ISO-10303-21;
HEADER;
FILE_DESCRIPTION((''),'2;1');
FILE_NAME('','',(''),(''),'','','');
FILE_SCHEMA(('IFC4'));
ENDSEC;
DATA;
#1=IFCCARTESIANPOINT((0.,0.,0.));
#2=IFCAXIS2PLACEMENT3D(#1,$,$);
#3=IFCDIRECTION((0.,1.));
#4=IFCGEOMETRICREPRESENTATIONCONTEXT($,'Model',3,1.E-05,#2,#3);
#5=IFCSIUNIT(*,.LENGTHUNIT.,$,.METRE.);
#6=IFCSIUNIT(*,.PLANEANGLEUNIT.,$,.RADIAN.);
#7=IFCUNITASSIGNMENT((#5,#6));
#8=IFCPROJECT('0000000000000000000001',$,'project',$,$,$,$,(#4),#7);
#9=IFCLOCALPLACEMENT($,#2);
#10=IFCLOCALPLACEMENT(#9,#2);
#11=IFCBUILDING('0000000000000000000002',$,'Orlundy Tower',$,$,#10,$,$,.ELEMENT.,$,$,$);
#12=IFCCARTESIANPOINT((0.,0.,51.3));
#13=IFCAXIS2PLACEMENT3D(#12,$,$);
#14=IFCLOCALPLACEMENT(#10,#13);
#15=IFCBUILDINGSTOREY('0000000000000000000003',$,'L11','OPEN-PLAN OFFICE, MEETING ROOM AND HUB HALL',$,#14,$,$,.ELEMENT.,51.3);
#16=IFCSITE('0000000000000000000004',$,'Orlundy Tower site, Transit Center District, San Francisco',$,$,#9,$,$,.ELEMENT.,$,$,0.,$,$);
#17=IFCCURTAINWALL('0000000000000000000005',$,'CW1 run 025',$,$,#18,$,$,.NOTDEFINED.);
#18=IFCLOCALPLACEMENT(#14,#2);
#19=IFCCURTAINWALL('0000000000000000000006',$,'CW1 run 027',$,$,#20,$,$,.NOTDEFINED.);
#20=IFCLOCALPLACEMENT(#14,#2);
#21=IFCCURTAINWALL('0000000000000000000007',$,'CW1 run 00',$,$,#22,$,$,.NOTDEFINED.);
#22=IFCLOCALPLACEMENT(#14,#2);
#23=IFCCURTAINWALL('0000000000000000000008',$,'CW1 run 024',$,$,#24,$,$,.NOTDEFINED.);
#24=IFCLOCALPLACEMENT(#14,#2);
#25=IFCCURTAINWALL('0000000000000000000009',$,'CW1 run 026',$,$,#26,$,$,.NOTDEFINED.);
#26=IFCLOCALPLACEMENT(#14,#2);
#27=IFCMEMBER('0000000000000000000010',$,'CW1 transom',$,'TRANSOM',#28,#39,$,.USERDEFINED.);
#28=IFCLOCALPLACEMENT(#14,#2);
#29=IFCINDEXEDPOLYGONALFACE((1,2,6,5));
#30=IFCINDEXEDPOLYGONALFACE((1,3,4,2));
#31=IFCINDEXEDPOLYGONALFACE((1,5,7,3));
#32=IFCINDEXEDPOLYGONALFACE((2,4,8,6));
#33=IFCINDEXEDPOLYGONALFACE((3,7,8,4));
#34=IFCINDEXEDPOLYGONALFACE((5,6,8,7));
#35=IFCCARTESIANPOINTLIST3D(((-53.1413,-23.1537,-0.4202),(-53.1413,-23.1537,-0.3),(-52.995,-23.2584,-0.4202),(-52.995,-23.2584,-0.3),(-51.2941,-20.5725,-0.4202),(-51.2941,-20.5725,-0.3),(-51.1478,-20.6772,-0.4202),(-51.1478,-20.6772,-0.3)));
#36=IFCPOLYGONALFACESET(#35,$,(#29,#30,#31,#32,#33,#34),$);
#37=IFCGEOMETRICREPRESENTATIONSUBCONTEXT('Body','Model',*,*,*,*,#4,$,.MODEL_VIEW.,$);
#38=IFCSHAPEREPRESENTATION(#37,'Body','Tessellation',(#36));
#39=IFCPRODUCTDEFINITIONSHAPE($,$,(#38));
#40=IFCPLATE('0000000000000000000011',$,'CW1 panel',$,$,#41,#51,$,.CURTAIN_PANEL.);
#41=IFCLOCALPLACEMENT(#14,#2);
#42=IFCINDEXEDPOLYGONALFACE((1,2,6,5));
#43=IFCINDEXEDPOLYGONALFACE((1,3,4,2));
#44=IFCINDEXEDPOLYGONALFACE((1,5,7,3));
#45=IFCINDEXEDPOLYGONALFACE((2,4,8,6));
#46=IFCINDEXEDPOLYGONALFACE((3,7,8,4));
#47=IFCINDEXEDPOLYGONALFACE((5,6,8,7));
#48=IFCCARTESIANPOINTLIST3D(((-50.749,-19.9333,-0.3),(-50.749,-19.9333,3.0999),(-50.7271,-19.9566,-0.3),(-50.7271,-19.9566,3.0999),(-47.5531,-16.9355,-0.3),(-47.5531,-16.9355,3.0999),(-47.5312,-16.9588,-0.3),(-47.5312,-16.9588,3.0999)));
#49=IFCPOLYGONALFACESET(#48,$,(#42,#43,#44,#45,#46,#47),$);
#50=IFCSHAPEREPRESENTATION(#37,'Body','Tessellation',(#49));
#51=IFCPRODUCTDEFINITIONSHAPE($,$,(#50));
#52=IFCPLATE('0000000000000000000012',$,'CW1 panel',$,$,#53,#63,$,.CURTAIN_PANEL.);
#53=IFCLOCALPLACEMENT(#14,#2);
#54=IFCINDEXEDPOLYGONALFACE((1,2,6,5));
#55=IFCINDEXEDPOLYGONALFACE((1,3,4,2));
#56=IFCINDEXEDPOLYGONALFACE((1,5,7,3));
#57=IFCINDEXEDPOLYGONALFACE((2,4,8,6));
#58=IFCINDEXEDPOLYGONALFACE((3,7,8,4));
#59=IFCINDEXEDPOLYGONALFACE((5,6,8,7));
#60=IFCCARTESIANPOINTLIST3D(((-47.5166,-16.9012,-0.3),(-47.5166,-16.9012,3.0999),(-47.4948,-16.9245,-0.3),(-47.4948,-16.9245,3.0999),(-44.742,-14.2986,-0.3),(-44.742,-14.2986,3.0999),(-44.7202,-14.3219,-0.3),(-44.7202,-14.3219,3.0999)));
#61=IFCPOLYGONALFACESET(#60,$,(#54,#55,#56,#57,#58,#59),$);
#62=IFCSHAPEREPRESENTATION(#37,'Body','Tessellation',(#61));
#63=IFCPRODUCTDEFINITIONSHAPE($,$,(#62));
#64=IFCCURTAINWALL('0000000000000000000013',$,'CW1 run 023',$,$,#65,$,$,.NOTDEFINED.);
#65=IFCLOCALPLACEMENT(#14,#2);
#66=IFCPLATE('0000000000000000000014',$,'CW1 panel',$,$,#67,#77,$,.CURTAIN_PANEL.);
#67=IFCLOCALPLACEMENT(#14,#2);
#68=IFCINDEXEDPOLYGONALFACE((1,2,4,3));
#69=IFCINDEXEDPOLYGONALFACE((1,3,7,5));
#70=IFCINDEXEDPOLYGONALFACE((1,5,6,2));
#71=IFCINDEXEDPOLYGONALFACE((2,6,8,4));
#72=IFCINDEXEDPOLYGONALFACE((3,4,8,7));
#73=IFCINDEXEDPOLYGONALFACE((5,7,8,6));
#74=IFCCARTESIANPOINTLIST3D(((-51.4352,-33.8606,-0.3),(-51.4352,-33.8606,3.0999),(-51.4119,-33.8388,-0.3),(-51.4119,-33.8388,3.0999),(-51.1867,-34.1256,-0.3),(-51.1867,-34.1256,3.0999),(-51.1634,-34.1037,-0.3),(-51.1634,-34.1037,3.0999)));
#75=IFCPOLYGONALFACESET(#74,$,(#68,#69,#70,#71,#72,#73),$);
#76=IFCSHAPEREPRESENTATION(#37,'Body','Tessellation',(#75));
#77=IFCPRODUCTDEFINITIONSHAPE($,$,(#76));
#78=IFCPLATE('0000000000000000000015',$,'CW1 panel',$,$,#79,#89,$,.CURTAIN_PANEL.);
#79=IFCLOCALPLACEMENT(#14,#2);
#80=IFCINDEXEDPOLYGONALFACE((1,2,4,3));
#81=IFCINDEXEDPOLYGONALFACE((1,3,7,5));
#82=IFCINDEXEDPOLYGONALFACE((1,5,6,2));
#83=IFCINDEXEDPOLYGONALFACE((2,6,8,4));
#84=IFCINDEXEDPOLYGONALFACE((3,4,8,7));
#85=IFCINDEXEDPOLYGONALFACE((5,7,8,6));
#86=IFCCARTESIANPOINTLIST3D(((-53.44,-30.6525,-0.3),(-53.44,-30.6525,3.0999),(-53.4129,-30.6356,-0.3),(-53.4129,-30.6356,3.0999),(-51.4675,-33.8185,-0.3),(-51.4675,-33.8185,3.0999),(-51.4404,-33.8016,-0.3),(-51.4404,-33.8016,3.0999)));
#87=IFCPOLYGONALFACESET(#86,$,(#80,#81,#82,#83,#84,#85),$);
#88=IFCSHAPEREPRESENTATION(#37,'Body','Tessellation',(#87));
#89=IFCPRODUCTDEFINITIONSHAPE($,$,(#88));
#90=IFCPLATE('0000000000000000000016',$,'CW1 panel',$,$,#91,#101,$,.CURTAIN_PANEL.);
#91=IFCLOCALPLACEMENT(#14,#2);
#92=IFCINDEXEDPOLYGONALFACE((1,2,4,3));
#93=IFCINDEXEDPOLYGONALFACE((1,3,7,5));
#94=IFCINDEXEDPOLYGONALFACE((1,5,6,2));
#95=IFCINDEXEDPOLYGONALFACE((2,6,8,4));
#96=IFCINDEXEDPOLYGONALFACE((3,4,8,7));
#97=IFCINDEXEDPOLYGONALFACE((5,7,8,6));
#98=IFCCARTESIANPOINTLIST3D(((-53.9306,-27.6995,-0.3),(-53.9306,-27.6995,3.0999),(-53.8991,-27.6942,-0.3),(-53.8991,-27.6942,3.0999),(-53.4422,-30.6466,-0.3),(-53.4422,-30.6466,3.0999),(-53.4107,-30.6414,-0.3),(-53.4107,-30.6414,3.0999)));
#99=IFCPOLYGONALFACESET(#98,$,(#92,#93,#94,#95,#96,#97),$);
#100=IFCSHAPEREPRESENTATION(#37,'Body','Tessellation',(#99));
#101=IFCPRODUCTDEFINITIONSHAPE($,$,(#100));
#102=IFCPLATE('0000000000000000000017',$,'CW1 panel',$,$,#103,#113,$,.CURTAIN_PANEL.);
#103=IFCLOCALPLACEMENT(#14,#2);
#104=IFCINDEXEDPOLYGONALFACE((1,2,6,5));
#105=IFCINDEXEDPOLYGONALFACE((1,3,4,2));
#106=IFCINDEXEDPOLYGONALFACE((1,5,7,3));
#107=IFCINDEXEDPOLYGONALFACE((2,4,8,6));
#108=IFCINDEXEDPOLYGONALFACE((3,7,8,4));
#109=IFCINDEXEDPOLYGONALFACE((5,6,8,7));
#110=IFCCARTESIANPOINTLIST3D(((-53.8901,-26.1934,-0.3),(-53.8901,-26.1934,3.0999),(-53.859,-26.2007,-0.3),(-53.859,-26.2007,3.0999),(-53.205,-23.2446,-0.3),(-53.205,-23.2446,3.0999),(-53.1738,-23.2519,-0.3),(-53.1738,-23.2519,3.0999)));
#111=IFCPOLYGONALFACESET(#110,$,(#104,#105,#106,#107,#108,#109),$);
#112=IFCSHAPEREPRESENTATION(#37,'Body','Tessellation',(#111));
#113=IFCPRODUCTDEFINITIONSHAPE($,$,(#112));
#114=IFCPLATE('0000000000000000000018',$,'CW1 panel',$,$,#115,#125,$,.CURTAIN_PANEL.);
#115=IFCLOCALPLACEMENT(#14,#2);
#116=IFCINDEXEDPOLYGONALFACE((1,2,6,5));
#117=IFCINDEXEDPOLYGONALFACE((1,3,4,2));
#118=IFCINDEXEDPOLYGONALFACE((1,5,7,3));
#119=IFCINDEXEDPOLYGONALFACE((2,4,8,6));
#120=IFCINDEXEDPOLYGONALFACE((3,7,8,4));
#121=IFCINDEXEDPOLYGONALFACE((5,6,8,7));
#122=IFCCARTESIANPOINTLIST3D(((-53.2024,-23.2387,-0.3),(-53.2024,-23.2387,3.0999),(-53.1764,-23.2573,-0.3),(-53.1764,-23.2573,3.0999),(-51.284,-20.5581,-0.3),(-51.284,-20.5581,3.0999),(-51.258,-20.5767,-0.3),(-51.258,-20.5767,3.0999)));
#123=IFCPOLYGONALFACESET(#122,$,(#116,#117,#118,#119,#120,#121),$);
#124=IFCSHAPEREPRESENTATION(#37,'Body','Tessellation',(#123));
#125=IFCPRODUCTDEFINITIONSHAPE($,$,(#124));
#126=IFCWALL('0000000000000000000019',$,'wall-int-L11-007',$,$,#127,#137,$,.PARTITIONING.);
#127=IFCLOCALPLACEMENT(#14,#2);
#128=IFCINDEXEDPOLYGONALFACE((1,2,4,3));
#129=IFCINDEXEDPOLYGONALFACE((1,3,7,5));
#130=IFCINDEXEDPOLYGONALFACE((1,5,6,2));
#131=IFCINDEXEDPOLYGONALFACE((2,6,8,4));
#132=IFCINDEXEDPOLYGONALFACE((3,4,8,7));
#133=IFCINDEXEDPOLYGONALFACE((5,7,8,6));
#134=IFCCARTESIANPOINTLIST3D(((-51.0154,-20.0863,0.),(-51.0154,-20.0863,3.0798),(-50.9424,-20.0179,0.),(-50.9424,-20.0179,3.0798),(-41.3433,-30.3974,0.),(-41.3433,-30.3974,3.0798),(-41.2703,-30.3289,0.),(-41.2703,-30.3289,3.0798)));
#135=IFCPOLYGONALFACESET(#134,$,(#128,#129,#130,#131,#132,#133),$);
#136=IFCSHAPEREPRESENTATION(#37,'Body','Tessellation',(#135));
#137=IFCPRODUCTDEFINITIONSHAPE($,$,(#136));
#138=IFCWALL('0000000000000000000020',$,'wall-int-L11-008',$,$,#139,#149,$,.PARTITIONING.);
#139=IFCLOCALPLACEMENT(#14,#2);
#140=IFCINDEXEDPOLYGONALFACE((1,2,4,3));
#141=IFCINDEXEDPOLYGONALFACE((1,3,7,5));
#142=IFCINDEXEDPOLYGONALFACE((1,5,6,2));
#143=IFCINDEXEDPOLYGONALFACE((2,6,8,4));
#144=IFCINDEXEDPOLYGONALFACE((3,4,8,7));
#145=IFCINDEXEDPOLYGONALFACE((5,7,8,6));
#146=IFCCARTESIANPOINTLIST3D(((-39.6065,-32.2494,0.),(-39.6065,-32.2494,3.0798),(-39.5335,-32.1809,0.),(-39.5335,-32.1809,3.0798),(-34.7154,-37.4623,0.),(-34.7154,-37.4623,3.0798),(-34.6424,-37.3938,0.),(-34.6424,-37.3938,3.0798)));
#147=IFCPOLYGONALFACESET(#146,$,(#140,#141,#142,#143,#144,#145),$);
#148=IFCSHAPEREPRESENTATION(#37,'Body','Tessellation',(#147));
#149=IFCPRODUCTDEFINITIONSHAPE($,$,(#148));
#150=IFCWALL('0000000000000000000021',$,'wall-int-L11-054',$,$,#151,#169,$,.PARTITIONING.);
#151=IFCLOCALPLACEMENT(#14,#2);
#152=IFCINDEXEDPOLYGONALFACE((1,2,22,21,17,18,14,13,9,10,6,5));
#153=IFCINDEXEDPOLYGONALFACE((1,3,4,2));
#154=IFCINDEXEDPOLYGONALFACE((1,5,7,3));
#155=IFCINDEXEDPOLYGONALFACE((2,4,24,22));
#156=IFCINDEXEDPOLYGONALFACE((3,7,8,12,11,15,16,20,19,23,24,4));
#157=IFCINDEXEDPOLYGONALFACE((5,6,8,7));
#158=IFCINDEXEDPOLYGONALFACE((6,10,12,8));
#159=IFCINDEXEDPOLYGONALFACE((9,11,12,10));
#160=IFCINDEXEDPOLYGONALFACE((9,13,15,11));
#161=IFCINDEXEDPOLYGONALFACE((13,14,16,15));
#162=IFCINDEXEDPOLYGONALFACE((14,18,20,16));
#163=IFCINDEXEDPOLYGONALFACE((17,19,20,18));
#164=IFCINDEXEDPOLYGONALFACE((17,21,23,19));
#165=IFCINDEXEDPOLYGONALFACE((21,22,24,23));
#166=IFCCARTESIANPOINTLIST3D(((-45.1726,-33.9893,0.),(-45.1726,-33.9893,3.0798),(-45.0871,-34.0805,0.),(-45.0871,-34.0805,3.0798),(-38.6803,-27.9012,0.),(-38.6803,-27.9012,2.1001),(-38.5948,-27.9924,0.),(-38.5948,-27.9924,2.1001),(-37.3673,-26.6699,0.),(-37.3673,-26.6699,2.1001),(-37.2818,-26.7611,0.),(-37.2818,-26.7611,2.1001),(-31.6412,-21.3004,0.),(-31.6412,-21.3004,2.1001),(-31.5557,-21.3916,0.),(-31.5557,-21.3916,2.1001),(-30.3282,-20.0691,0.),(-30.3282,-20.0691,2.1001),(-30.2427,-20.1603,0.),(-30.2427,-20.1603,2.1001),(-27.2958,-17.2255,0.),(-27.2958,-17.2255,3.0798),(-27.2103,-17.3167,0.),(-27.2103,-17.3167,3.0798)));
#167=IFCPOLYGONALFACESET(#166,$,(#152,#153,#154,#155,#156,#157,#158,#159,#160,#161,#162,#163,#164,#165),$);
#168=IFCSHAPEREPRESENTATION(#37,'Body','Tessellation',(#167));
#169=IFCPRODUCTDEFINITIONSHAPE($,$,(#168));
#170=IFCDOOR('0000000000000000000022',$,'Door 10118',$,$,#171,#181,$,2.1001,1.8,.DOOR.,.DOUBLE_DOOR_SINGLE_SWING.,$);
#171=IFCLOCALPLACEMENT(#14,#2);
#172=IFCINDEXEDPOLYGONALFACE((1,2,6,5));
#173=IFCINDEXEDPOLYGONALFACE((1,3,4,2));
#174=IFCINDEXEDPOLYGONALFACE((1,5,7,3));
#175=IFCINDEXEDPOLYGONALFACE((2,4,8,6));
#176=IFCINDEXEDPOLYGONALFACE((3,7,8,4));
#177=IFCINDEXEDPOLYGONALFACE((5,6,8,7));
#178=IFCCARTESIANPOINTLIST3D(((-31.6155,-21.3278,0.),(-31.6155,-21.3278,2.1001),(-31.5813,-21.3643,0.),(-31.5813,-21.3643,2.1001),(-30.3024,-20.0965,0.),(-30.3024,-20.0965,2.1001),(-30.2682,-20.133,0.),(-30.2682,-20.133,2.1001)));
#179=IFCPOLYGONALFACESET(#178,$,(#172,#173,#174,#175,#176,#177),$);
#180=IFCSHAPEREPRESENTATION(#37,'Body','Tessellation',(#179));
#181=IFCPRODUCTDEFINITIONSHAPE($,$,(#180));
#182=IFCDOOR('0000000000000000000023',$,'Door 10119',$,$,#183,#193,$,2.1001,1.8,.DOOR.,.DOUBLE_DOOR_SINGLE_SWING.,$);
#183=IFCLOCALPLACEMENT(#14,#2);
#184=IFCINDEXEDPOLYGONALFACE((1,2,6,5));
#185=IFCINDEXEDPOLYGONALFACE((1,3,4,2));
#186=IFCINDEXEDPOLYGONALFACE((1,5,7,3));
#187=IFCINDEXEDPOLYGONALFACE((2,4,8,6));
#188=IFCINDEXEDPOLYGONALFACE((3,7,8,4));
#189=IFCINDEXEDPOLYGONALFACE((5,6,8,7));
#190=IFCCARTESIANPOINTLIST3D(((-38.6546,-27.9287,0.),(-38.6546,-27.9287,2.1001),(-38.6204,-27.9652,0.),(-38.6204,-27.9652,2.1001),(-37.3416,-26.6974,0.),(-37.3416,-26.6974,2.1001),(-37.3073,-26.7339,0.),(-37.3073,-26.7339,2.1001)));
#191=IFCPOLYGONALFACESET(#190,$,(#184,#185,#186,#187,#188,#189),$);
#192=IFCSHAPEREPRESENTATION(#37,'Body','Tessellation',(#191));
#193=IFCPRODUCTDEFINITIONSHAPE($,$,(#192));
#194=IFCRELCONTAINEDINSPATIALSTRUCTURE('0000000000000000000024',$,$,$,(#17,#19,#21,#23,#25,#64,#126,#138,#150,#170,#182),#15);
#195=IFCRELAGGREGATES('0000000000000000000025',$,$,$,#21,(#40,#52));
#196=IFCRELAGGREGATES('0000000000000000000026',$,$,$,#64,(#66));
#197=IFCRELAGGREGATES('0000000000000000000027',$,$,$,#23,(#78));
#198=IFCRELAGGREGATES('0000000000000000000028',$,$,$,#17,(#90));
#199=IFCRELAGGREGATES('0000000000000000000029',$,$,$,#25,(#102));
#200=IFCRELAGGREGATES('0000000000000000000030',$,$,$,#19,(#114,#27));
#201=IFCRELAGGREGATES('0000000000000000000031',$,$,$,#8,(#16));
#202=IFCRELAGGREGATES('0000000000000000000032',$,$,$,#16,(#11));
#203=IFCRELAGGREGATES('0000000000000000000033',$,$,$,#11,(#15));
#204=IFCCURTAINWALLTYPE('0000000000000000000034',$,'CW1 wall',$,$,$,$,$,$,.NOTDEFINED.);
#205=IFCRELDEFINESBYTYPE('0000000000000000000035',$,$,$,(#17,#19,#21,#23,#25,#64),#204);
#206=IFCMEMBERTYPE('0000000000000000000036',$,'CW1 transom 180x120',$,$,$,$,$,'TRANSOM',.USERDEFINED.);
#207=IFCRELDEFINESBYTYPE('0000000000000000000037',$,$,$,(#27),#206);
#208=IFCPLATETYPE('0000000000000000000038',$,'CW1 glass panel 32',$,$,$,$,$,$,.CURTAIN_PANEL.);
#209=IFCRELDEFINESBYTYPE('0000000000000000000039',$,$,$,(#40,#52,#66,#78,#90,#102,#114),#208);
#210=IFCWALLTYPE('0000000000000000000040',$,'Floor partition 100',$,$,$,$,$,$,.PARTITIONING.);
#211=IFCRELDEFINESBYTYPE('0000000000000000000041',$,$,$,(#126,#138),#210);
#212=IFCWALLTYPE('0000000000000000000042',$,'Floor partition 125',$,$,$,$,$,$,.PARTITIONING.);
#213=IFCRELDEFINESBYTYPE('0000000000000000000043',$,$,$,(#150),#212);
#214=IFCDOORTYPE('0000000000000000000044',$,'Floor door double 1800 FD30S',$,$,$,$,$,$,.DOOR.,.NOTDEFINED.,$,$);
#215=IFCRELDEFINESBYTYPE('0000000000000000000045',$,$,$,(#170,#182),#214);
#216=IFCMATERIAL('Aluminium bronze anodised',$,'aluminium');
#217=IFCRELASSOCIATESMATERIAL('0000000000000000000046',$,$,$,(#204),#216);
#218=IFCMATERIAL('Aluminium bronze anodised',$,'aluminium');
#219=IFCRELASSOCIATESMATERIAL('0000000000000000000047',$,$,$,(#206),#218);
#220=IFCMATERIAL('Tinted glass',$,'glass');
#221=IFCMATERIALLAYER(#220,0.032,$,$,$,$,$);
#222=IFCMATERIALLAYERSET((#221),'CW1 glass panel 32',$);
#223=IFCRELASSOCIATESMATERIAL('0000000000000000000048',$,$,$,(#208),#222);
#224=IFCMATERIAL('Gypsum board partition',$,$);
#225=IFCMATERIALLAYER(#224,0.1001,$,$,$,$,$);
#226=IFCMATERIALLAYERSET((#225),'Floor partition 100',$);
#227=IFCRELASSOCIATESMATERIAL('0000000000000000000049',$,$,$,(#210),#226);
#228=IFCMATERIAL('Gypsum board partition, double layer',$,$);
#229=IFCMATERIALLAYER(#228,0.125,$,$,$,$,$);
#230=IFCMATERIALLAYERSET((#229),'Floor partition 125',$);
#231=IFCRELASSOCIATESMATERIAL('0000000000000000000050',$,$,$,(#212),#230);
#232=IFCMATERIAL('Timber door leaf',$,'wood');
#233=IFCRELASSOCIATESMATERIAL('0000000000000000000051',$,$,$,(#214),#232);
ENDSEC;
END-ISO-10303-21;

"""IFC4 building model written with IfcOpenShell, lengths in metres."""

from ifc_helpers import new_model, si_unit, direction, frame, frame_2d, origin, origin_2d, place, context, subcontext, project, spatial, rectangle, extrude, material, layer, layer_set, material_profile, profile_set, type_object, element, fill, aggregate, save


model = new_model("IFC4")

# Units and contexts
model_context = context("Model", 3, precision=1e-05, world=origin(), true_north=direction((0.0, 1.0)))
body_context = subcontext(model_context, "Body", "Model", "MODEL_VIEW")
ifc_project = project(units=[si_unit("LENGTHUNIT", "METRE"), si_unit("PLANEANGLEUNIT", "RADIAN")], contexts=[model_context])

# Site, building, storey
site_placement = place(None, origin())
site = spatial("IfcSite", under=ifc_project, at=site_placement, Name="Orlundy Tower site, Transit Center District, San Francisco", CompositionType="ELEMENT", RefElevation=0.0)
building_placement = place(site_placement, origin())
building = spatial("IfcBuilding", under=site, at=building_placement, Name="Orlundy Tower", CompositionType="ELEMENT")
storey_placement = place(building_placement, frame((0.0, 0.0, 51.3)))
storey = spatial("IfcBuildingStorey", under=building, at=storey_placement, Name="L11", Description="OPEN-PLAN OFFICE, MEETING ROOM AND HUB HALL", CompositionType="ELEMENT", Elevation=51.3)

# Curtain walls
ifc_material_1 = material(Name="Aluminium bronze anodised", Category="aluminium")
curtain_wall_type = type_object("IfcCurtainWallType", Name="CW1 wall", PredefinedType="NOTDEFINED", material=ifc_material_1)
curtain_wall_1_placement = place(storey_placement, origin())
curtain_wall_1 = element("IfcCurtainWall", 1, at=curtain_wall_1_placement, inside=storey, type_object=curtain_wall_type, Name="CW1 run 025", PredefinedType="NOTDEFINED")
curtain_wall_2_placement = place(storey_placement, origin())
curtain_wall_2 = element("IfcCurtainWall", 2, at=curtain_wall_2_placement, inside=storey, type_object=curtain_wall_type, Name="CW1 run 027", PredefinedType="NOTDEFINED")
curtain_wall_3_placement = place(storey_placement, origin())
curtain_wall_3 = element("IfcCurtainWall", 3, at=curtain_wall_3_placement, inside=storey, type_object=curtain_wall_type, Name="CW1 run 00", PredefinedType="NOTDEFINED")
curtain_wall_4_placement = place(storey_placement, origin())
curtain_wall_4 = element("IfcCurtainWall", 4, at=curtain_wall_4_placement, inside=storey, type_object=curtain_wall_type, Name="CW1 run 024", PredefinedType="NOTDEFINED")

# Shared definitions
ifc_material_2 = material(Name="Aluminium bronze anodised", Category="aluminium")
ifc_material_profile_1 = material_profile(ifc_material_2, rectangle(XDim=0.1799, YDim=0.1201, at=origin_2d()), Name="CW1 transom 180x120")
ifc_profile_set_1 = profile_set([ifc_material_profile_1], Name="Aluminium bronze anodised")
member_type_1 = type_object("IfcMemberType", Name="CW1 transom 180x120", ElementType="TRANSOM", PredefinedType="USERDEFINED", material=ifc_profile_set_1)

# Curtain wall
curtain_wall_5_placement = place(storey_placement, origin())
curtain_wall_5 = element("IfcCurtainWall", 5, at=curtain_wall_5_placement, inside=storey, type_object=curtain_wall_type, Name="CW1 run 026", PredefinedType="NOTDEFINED")

# Member
member_1_placement = place(storey_placement, frame((-53.0681, -23.2061, -0.3601), z_axis=(0.581944, 0.813229, 0.0), x_axis=(-0.813229, 0.581944, 0.0)))
member_1 = element("IfcMember", 6, at=member_1_placement, type_object=member_type_1, Name="CW1 transom", ObjectType="TRANSOM", PredefinedType="USERDEFINED", context=body_context, shape_type="SweptSolid", body=[
    extrude(rectangle(XDim=0.1799, YDim=0.1201, at=origin_2d()), origin(), (0.0, 0.0, 1.0), 3.1741),
])

# Plates
ifc_material_3 = material(Name="Tinted glass", Category="glass")
ifc_layer_1 = layer(ifc_material_3, 0.032)
ifc_layer_set_1 = layer_set([ifc_layer_1], Name="CW1 glass panel 32")
plate_type = type_object("IfcPlateType", Name="CW1 glass panel 32", PredefinedType="CURTAIN_PANEL", material=ifc_layer_set_1)
plate_1_placement = place(storey_placement, frame((-49.1401, -18.446, -0.3), z_axis=(0.0, 0.0, 1.0), x_axis=(0.729351, 0.684139, 0.0)))
plate_1 = element("IfcPlate", 7, at=plate_1_placement, type_object=plate_type, Name="CW1 panel", PredefinedType="CURTAIN_PANEL", context=body_context, shape_type="SweptSolid", body=[
    extrude(rectangle(XDim=4.3818, YDim=0.032, at=origin_2d()), origin(), (0.0, 0.0, 1.0), 3.3999),
])
plate_2_placement = place(storey_placement, frame((-46.1184, -15.6116, -0.3), z_axis=(0.0, 0.0, 1.0), x_axis=(0.729351, 0.684139, 0.0)))
plate_2 = element("IfcPlate", 8, at=plate_2_placement, type_object=plate_type, Name="CW1 panel", PredefinedType="CURTAIN_PANEL", context=body_context, shape_type="SweptSolid", body=[
    extrude(rectangle(XDim=3.8042, YDim=0.032, at=origin_2d()), origin(), (0.0, 0.0, 1.0), 3.3999),
])
aggregate(curtain_wall_3, [plate_1, plate_2])

# Curtain wall, plate
curtain_wall_6_placement = place(storey_placement, origin())
curtain_wall_6 = element("IfcCurtainWall", 9, at=curtain_wall_6_placement, inside=storey, type_object=curtain_wall_type, Name="CW1 run 023", PredefinedType="NOTDEFINED")
plate_3_placement = place(storey_placement, frame((-51.2993, -33.9822, -0.3), z_axis=(0.0, 0.0, 1.0), x_axis=(-0.684126, 0.729363, 0.0)))
plate_3 = element("IfcPlate", 10, at=plate_3_placement, type_object=plate_type, Name="CW1 panel", PredefinedType="CURTAIN_PANEL", context=body_context, shape_type="SweptSolid", body=[
    extrude(rectangle(XDim=0.3633, YDim=0.032, at=origin_2d()), origin(), (0.0, 0.0, 1.0), 3.3999),
])
aggregate(curtain_wall_6, [plate_3])

# Plates
plate_4_placement = place(storey_placement, frame((-52.4402, -32.2271, -0.3), z_axis=(0.0, 0.0, 1.0), x_axis=(-0.528786, 0.848755, 0.0)))
plate_4 = element("IfcPlate", 11, at=plate_4_placement, type_object=plate_type, Name="CW1 panel", PredefinedType="CURTAIN_PANEL", context=body_context, shape_type="SweptSolid", body=[
    extrude(rectangle(XDim=3.7302, YDim=0.032, at=origin_2d()), origin(), (0.0, 0.0, 1.0), 3.3999),
])
aggregate(curtain_wall_4, [plate_4])
plate_5_placement = place(storey_placement, frame((-53.6707, -29.1704, -0.3), z_axis=(0.0, 0.0, 1.0), x_axis=(-0.16348, 0.986547, 0.0)))
plate_5 = element("IfcPlate", 12, at=plate_5_placement, type_object=plate_type, Name="CW1 panel", PredefinedType="CURTAIN_PANEL", context=body_context, shape_type="SweptSolid", body=[
    extrude(rectangle(XDim=2.9873, YDim=0.032, at=origin_2d()), origin(), (0.0, 0.0, 1.0), 3.3999),
])
aggregate(curtain_wall_1, [plate_5])
plate_6_placement = place(storey_placement, frame((-53.532, -24.7227, -0.3), z_axis=(0.0, 0.0, 1.0), x_axis=(0.226317, 0.974054, 0.0)))
plate_6 = element("IfcPlate", 13, at=plate_6_placement, type_object=plate_type, Name="CW1 panel", PredefinedType="CURTAIN_PANEL", context=body_context, shape_type="SweptSolid", body=[
    extrude(rectangle(XDim=3.0273, YDim=0.032, at=origin_2d()), origin(), (0.0, 0.0, 1.0), 3.3999),
])
aggregate(curtain_wall_5, [plate_6])
plate_7_placement = place(storey_placement, frame((-52.2302, -21.9077, -0.3), z_axis=(0.0, 0.0, 1.0), x_axis=(0.581978, 0.813204, 0.0)))
plate_7 = element("IfcPlate", 14, at=plate_7_placement, type_object=plate_type, Name="CW1 panel", PredefinedType="CURTAIN_PANEL", context=body_context, shape_type="SweptSolid", body=[
    extrude(rectangle(XDim=3.2964, YDim=0.032, at=origin_2d()), origin(), (0.0, 0.0, 1.0), 3.3999),
])
aggregate(curtain_wall_2, [plate_7, member_1])

# Walls
ifc_material_4 = material(Name="Gypsum board partition")
ifc_layer_2 = layer(ifc_material_4, 0.1001)
ifc_layer_set_2 = layer_set([ifc_layer_2], Name="Floor partition 100")
wall_type_1 = type_object("IfcWallType", Name="Floor partition 100", PredefinedType="PARTITIONING", material=ifc_layer_set_2)
wall_1_placement = place(storey_placement, frame((-50.979, -20.052, 0.0), z_axis=(0.0, 0.0, 1.0), x_axis=(0.684149, -0.729342, 0.0)))
element("IfcWall", 15, at=wall_1_placement, inside=storey, type_object=wall_type_1, Name="wall-int-L11-007", PredefinedType="PARTITIONING", context=body_context, shape_type="SweptSolid", body=[
    extrude(rectangle(XDim=14.1375, YDim=0.1001, at=frame_2d((7.0688, 0.0))), origin(), (0.0, 0.0, 1.0), 3.0798),
])
wall_2_placement = place(storey_placement, frame((-39.5701, -32.2151, 0.0), z_axis=(0.0, 0.0, 1.0), x_axis=(0.684241, -0.729256, 0.0)))
element("IfcWall", 16, at=wall_2_placement, inside=storey, type_object=wall_type_1, Name="wall-int-L11-008", PredefinedType="PARTITIONING", context=body_context, shape_type="SweptSolid", body=[
    extrude(rectangle(XDim=7.1482, YDim=0.1001, at=frame_2d((3.5742, 0.0))), origin(), (0.0, 0.0, 1.0), 3.0798),
])

# Wall, openings, doors
ifc_material_5 = material(Name="Gypsum board partition, double layer")
ifc_layer_3 = layer(ifc_material_5, 0.125)
ifc_layer_set_3 = layer_set([ifc_layer_3], Name="Floor partition 125")
wall_type_2 = type_object("IfcWallType", Name="Floor partition 125", PredefinedType="PARTITIONING", material=ifc_layer_set_3)
wall_3_placement = place(storey_placement, frame((-45.1299, -34.0349, 0.0), z_axis=(0.0, 0.0, 1.0), x_axis=(0.72945, 0.684034, 0.0)))
wall_3 = element("IfcWall", 17, at=wall_3_placement, inside=storey, type_object=wall_type_2, Name="wall-int-L11-054", PredefinedType="PARTITIONING", context=body_context, shape_type="SweptSolid", body=[
    extrude(rectangle(XDim=24.5073, YDim=0.125, at=frame_2d((12.2537, 0.0))), origin(), (0.0, 0.0, 1.0), 3.0798),
])
opening_1_placement = place(wall_3_placement, frame((18.5503, 0.0, 0.0)))
opening_1 = element("IfcOpeningElement", 18, at=opening_1_placement, cuts=wall_3, PredefinedType="OPENING", context=body_context, shape_type="SweptSolid", body=[
    extrude(rectangle(XDim=1.8, YDim=2.1001, at=frame_2d((0.8999, 1.05))), frame((0.0, 0.0725, 0.0), z_axis=(0.0, -1.0, 0.0), x_axis=(1.0, 0.0, 0.0)), (0.0, 0.0, 1.0), 0.145),
])
opening_2_placement = place(wall_3_placement, frame((8.9004, 0.0, 0.0)))
opening_2 = element("IfcOpeningElement", 19, at=opening_2_placement, cuts=wall_3, PredefinedType="OPENING", context=body_context, shape_type="SweptSolid", body=[
    extrude(rectangle(XDim=1.8, YDim=2.1001, at=frame_2d((0.8999, 1.05))), frame((0.0, 0.0725, 0.0), z_axis=(0.0, -1.0, 0.0), x_axis=(1.0, 0.0, 0.0)), (0.0, 0.0, 1.0), 0.145),
])
ifc_material_6 = material(Name="Timber door leaf", Category="wood")
door_type = type_object("IfcDoorType", Name="Floor door double 1800 FD30S", OperationType="NOTDEFINED", PredefinedType="DOOR", material=ifc_material_6)
door_1_placement = place(opening_1_placement, origin())
door_1 = element("IfcDoor", 20, at=door_1_placement, inside=storey, type_object=door_type, Name="Door 10118", OperationType="DOUBLE_DOOR_SINGLE_SWING", OverallHeight=2.1001, OverallWidth=1.8, PredefinedType="DOOR", context=body_context, shape_type="SweptSolid", body=[
    extrude(rectangle(XDim=1.8, YDim=2.1001, at=frame_2d((0.8999, 1.05))), frame((0.0, 0.0249, 0.0), z_axis=(0.0, -1.0, 0.0), x_axis=(1.0, 0.0, 0.0)), (0.0, 0.0, 1.0), 0.05),
])
fill(opening_1, door_1)
door_2_placement = place(opening_2_placement, origin())
door_2 = element("IfcDoor", 21, at=door_2_placement, inside=storey, type_object=door_type, Name="Door 10119", OperationType="DOUBLE_DOOR_SINGLE_SWING", OverallHeight=2.1001, OverallWidth=1.8, PredefinedType="DOOR", context=body_context, shape_type="SweptSolid", body=[
    extrude(rectangle(XDim=1.8, YDim=2.1001, at=frame_2d((0.8999, 1.05))), frame((0.0, 0.0249, 0.0), z_axis=(0.0, -1.0, 0.0), x_axis=(1.0, 0.0, 0.0)), (0.0, 0.0, 1.0), 0.05),
])
fill(opening_2, door_2)

save(model, "model.ifc")
